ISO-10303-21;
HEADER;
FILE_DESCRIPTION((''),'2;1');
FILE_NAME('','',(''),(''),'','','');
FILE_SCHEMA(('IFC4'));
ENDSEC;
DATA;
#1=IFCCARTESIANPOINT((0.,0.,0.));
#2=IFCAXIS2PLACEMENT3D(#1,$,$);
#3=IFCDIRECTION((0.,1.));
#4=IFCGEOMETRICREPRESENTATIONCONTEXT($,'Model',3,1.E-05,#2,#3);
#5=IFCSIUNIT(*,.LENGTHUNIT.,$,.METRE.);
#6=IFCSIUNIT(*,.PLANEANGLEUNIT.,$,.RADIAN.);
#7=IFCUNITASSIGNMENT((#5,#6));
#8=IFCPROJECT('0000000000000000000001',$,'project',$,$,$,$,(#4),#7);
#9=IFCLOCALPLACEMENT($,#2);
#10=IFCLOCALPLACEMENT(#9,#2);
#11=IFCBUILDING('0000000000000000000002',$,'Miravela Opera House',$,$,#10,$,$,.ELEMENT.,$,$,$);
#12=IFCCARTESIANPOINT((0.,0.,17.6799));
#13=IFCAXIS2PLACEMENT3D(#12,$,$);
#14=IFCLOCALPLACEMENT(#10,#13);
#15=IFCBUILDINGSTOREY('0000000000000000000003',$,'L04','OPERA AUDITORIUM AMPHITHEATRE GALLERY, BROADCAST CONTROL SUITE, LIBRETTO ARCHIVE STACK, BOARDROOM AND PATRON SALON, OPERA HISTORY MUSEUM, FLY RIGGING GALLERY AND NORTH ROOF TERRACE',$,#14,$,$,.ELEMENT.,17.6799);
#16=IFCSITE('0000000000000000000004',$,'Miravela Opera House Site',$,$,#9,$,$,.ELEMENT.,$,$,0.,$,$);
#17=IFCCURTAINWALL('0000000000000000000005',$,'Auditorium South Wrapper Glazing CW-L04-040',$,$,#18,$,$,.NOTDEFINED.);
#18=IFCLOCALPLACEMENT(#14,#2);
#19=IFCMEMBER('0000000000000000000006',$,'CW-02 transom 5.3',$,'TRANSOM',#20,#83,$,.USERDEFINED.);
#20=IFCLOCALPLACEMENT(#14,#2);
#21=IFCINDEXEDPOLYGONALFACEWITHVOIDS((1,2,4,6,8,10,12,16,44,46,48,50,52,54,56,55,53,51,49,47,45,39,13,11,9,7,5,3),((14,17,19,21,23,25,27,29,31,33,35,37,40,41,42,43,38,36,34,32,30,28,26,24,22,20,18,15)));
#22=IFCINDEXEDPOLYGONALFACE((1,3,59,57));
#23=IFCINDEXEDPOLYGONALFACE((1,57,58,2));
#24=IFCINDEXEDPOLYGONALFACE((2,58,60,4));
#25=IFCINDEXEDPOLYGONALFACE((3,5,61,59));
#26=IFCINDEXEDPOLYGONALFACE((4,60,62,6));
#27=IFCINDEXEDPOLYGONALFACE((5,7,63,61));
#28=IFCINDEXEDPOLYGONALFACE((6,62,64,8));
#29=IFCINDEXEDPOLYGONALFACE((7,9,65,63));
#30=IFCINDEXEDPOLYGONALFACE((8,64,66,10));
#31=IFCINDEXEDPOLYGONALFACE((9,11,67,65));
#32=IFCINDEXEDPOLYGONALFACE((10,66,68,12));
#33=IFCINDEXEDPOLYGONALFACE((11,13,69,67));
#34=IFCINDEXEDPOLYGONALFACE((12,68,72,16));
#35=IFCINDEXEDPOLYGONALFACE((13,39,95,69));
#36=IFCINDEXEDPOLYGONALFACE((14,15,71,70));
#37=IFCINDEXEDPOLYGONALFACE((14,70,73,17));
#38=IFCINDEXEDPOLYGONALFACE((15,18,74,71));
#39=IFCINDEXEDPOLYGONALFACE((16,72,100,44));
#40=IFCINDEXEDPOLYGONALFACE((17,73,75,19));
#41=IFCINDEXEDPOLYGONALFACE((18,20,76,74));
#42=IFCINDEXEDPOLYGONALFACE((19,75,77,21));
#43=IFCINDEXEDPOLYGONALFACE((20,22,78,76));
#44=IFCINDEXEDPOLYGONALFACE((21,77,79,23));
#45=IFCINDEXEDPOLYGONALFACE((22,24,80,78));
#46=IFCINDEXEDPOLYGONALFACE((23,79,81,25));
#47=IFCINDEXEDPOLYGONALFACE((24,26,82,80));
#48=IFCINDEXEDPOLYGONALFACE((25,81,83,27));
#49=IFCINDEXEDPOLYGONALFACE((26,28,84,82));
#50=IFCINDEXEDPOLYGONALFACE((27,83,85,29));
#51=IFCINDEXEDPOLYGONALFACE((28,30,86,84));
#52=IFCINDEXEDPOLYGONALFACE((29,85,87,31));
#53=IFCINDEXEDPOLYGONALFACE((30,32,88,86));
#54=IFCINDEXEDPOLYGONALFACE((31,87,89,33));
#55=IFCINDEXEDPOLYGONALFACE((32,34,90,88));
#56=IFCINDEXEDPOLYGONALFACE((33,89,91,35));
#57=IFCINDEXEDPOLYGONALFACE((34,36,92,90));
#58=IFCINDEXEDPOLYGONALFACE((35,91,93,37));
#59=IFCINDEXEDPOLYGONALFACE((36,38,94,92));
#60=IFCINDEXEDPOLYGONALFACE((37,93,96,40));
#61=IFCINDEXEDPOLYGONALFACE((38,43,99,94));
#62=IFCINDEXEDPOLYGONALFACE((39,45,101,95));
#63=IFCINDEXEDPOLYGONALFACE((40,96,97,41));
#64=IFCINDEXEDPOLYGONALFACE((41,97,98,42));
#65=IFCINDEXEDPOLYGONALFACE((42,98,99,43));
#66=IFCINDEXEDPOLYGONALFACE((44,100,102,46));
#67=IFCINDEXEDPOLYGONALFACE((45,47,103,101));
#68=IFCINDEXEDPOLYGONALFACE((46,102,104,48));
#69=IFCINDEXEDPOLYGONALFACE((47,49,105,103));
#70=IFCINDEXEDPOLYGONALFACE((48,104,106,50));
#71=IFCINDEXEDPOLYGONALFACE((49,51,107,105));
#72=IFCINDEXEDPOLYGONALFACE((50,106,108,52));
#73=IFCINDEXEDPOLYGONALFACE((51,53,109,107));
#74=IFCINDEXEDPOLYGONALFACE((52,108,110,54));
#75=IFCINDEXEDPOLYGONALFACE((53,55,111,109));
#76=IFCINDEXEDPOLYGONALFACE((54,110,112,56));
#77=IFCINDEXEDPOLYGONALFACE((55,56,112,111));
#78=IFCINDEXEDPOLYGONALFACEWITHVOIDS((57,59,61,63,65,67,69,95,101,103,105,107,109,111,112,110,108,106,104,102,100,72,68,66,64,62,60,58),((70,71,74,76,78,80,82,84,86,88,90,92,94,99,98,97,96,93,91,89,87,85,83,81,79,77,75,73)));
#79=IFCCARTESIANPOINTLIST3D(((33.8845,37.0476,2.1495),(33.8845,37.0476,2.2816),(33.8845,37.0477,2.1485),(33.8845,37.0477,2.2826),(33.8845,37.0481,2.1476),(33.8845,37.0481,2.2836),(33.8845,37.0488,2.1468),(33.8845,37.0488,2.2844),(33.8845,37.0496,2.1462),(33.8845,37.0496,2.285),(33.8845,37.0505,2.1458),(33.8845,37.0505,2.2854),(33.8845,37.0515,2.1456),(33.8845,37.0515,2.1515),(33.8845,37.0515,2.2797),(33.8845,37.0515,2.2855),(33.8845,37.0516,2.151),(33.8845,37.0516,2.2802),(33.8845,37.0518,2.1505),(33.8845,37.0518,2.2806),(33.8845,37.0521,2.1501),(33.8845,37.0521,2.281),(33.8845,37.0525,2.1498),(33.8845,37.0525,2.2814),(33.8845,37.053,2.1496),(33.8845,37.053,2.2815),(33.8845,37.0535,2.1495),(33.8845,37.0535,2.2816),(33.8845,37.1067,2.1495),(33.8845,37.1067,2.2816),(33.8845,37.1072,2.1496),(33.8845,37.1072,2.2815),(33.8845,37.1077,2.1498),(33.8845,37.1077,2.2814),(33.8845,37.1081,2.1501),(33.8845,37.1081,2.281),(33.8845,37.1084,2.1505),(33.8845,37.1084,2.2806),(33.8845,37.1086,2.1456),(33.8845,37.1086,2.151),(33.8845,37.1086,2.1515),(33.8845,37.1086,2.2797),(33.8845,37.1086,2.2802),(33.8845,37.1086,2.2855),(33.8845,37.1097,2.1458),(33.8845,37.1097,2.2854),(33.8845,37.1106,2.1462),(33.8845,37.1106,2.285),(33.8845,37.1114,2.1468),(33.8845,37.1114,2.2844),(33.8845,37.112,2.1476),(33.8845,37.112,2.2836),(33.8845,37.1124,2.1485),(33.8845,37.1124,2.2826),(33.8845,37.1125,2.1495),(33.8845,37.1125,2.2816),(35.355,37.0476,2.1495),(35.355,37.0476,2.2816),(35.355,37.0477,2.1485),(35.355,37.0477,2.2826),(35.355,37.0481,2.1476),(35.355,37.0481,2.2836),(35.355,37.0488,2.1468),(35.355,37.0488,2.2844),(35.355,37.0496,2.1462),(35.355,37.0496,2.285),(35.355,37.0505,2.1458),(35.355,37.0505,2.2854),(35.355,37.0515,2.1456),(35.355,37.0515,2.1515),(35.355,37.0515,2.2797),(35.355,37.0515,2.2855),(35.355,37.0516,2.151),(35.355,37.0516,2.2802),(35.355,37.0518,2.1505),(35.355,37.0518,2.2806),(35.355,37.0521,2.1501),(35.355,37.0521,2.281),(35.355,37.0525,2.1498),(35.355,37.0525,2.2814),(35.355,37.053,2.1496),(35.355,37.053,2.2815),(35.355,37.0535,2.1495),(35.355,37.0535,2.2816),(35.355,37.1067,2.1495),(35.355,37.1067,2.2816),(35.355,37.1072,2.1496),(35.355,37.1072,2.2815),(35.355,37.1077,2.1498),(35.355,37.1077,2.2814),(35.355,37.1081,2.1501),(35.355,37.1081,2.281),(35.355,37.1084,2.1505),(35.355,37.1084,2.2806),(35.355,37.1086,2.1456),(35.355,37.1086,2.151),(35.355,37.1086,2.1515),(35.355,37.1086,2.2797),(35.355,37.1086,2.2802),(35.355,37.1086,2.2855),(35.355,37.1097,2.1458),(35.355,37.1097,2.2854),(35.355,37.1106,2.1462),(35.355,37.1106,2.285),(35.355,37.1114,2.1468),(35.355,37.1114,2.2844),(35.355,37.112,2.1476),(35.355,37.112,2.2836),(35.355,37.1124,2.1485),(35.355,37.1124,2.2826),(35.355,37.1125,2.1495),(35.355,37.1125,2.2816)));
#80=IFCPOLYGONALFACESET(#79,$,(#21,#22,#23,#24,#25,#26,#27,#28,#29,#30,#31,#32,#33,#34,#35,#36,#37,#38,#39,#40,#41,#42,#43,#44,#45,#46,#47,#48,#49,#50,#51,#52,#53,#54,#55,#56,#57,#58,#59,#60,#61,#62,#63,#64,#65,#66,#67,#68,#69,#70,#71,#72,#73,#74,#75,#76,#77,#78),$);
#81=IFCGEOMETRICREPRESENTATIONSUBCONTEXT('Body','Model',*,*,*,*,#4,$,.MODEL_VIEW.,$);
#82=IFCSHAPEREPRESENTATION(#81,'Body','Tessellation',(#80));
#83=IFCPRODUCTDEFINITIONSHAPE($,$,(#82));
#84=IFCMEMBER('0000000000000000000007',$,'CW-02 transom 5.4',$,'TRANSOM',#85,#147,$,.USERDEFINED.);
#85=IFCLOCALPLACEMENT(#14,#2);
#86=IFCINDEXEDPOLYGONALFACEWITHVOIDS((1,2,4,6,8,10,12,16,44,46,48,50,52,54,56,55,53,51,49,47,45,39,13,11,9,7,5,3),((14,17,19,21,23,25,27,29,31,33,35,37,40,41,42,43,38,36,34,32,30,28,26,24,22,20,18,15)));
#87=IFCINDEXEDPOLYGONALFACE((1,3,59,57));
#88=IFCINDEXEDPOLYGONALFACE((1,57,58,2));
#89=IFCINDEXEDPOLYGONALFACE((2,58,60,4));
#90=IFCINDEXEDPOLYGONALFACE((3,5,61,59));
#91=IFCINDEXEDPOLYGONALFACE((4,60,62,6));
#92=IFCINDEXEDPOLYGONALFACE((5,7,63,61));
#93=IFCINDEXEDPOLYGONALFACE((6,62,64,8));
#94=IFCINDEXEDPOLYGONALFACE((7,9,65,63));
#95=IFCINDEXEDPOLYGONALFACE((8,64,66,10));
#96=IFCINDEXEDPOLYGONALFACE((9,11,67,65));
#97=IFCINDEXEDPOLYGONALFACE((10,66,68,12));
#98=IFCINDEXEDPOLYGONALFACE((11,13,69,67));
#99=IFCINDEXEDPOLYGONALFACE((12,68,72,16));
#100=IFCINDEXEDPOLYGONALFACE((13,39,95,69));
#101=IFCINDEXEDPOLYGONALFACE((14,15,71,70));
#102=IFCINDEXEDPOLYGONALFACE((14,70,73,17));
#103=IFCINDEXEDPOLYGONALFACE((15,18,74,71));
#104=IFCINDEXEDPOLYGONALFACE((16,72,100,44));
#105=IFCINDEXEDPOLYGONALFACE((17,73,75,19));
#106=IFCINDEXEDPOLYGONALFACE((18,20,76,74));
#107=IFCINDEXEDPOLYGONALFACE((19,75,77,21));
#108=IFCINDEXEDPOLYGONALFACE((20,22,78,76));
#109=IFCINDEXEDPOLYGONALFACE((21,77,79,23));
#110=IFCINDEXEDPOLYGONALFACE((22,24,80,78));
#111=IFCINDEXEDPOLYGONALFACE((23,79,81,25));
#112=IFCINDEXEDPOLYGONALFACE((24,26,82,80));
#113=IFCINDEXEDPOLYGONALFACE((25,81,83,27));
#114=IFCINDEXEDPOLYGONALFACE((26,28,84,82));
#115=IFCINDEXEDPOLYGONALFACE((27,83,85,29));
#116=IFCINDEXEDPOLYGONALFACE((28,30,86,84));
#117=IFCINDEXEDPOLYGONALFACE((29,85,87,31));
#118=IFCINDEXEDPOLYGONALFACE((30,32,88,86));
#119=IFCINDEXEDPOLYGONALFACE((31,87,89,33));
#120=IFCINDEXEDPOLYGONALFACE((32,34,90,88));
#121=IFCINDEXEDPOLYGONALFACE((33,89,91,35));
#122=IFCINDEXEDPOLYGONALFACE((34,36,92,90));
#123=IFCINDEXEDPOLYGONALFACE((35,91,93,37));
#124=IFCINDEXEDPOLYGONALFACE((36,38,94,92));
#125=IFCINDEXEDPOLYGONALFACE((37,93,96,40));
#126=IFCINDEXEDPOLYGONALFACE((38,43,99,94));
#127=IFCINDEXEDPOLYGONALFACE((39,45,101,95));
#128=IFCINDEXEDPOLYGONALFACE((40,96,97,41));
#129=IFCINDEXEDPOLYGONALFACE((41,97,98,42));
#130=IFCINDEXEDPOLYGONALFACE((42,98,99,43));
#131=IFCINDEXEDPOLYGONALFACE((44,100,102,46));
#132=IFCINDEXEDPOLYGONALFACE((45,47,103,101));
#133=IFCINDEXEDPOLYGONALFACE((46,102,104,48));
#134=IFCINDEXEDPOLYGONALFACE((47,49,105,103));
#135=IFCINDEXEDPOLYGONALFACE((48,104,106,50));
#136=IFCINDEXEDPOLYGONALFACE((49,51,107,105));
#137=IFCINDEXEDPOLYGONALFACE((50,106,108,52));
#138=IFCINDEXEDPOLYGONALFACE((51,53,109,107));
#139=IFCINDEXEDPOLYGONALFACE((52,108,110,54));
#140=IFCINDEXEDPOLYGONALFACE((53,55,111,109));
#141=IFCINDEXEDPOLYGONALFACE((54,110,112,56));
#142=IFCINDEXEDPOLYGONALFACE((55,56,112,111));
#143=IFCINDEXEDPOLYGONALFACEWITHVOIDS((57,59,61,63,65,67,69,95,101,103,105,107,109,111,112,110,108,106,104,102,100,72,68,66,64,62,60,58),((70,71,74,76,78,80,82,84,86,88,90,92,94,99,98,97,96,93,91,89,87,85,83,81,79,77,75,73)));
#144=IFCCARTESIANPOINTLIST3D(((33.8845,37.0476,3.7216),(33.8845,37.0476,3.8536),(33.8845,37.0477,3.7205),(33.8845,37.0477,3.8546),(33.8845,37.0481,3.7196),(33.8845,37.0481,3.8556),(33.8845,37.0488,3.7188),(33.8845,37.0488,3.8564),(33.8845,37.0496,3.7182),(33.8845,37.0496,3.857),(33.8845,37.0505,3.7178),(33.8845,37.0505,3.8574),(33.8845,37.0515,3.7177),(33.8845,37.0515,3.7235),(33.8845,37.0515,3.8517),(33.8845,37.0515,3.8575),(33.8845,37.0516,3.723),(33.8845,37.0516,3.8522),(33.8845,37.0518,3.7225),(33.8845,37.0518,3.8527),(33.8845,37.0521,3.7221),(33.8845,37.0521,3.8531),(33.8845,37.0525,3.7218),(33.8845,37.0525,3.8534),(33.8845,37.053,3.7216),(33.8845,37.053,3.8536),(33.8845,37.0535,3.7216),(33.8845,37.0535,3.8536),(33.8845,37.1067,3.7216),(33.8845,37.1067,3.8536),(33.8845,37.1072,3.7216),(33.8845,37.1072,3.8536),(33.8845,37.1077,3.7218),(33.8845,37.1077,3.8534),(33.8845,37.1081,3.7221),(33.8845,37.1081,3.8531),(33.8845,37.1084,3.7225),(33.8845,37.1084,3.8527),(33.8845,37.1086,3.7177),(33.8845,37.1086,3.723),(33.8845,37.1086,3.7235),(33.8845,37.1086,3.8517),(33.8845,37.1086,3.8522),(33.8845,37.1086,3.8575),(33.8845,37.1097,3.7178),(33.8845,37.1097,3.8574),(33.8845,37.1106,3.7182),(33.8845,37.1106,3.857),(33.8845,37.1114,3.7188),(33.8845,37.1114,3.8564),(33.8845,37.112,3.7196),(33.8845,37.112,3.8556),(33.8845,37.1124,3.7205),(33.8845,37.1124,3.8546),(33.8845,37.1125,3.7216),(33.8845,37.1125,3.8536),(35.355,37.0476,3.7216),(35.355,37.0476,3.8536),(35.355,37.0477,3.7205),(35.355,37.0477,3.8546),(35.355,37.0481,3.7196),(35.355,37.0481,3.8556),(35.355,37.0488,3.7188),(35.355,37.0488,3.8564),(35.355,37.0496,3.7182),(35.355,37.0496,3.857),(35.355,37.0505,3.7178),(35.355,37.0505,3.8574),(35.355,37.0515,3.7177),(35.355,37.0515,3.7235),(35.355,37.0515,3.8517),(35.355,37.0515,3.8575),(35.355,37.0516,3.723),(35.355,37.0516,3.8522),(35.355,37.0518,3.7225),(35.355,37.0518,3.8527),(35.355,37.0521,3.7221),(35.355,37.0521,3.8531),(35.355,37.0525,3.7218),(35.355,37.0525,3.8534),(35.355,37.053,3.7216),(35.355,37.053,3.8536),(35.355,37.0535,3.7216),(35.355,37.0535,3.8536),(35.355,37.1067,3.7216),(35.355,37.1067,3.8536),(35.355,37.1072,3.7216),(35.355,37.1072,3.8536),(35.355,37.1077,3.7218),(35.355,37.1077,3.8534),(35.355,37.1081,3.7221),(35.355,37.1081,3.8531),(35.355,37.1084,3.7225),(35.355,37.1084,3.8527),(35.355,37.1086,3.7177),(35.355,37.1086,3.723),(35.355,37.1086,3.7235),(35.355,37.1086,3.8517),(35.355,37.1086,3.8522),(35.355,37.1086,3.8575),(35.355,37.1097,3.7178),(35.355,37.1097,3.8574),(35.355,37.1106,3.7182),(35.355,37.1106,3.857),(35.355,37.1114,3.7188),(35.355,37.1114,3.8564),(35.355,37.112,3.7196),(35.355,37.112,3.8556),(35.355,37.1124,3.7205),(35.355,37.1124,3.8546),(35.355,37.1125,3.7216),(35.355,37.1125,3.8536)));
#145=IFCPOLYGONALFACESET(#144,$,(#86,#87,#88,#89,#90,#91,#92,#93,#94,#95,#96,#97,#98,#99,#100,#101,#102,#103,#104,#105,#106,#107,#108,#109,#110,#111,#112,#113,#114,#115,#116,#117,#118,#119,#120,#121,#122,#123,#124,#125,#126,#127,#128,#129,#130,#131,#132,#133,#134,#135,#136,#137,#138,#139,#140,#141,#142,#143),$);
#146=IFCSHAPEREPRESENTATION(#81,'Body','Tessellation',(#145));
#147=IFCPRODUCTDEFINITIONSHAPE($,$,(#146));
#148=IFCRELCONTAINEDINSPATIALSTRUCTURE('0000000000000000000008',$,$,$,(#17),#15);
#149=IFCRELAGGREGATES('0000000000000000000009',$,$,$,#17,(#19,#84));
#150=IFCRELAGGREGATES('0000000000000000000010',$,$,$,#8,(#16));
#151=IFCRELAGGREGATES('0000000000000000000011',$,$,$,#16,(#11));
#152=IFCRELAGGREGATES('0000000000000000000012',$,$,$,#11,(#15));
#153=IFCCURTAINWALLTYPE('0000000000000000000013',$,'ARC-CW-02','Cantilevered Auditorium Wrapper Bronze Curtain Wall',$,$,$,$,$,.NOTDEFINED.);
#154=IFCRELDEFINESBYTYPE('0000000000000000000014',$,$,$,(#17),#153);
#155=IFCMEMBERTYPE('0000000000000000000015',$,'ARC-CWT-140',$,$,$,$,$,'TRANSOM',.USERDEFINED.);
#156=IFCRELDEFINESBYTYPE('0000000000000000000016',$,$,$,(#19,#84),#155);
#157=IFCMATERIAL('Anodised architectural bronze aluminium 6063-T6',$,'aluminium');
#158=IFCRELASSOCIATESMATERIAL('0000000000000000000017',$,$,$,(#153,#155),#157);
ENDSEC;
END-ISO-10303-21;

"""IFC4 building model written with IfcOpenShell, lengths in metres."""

from ifc_helpers import new_model, si_unit, direction, frame, origin, origin_2d, place, context, subcontext, project, spatial, hollow_rectangle, extrude, material, material_profile, profile_set, type_object, element, aggregate, save


model = new_model("IFC4")

# Units and contexts
model_context = context("Model", 3, precision=1e-05, world=origin(), true_north=direction((0.0, 1.0)))
body_context = subcontext(model_context, "Body", "Model", "MODEL_VIEW")
ifc_project = project(units=[si_unit("LENGTHUNIT", "METRE"), si_unit("PLANEANGLEUNIT", "RADIAN")], contexts=[model_context])

# Site, building, storey
site_placement = place(None, origin())
site = spatial("IfcSite", under=ifc_project, at=site_placement, Name="Miravela Opera House Site", CompositionType="ELEMENT", RefElevation=0.0)
building_placement = place(site_placement, origin())
building = spatial("IfcBuilding", under=site, at=building_placement, Name="Miravela Opera House", CompositionType="ELEMENT")
storey_placement = place(building_placement, frame((0.0, 0.0, 17.6799)))
storey = spatial("IfcBuildingStorey", under=building, at=storey_placement, Name="L04", Description="OPERA AUDITORIUM AMPHITHEATRE GALLERY, BROADCAST CONTROL SUITE, LIBRETTO ARCHIVE STACK, BOARDROOM AND PATRON SALON, OPERA HISTORY MUSEUM, FLY RIGGING GALLERY AND NORTH ROOF TERRACE", CompositionType="ELEMENT", Elevation=17.6799)

# Curtain wall
ifc_material_1 = material(Name="Anodised architectural bronze aluminium 6063-T6", Category="aluminium")
curtain_wall_type = type_object("IfcCurtainWallType", Name="ARC-CW-02", Description="Cantilevered Auditorium Wrapper Bronze Curtain Wall", PredefinedType="NOTDEFINED", material=ifc_material_1)
curtain_wall_1_placement = place(storey_placement, origin())
curtain_wall_1 = element("IfcCurtainWall", 1, at=curtain_wall_1_placement, inside=storey, type_object=curtain_wall_type, Name="Auditorium South Wrapper Glazing CW-L04-040", PredefinedType="NOTDEFINED")

# Members
ifc_material_profile_1 = material_profile(ifc_material_1, hollow_rectangle(XDim=0.0649, YDim=0.1399, WallThickness=0.0039, InnerFilletRadius=0.002, OuterFilletRadius=0.0039, at=origin_2d()), Name="CWT-65X140")
ifc_profile_set_1 = profile_set([ifc_material_profile_1])
member_type_1 = type_object("IfcMemberType", Name="ARC-CWT-140", ElementType="TRANSOM", PredefinedType="USERDEFINED", material=ifc_profile_set_1)
member_1_placement = place(storey_placement, frame((33.8845, 37.0801, 2.2156), z_axis=(1.0, 0.0, 0.0), x_axis=(0.0, 1.0, 0.0)))
member_1 = element("IfcMember", 2, at=member_1_placement, type_object=member_type_1, Name="CW-02 transom 5.3", ObjectType="TRANSOM", PredefinedType="USERDEFINED", context=body_context, shape_type="SweptSolid", body=[
    extrude(hollow_rectangle(XDim=0.0649, YDim=0.1399, WallThickness=0.0039, InnerFilletRadius=0.002, OuterFilletRadius=0.0039, at=origin_2d()), origin(), (0.0, 0.0, 1.0), 1.4705),
])
member_2_placement = place(storey_placement, frame((33.8845, 37.0801, 3.7876), z_axis=(1.0, 0.0, 0.0), x_axis=(0.0, 1.0, 0.0)))
member_2 = element("IfcMember", 3, at=member_2_placement, type_object=member_type_1, Name="CW-02 transom 5.4", ObjectType="TRANSOM", PredefinedType="USERDEFINED", context=body_context, shape_type="SweptSolid", body=[
    extrude(hollow_rectangle(XDim=0.0649, YDim=0.1399, WallThickness=0.0039, InnerFilletRadius=0.002, OuterFilletRadius=0.0039, at=origin_2d()), origin(), (0.0, 0.0, 1.0), 1.4705),
])

aggregate(curtain_wall_1, [member_1, member_2])

save(model, "model.ifc")
